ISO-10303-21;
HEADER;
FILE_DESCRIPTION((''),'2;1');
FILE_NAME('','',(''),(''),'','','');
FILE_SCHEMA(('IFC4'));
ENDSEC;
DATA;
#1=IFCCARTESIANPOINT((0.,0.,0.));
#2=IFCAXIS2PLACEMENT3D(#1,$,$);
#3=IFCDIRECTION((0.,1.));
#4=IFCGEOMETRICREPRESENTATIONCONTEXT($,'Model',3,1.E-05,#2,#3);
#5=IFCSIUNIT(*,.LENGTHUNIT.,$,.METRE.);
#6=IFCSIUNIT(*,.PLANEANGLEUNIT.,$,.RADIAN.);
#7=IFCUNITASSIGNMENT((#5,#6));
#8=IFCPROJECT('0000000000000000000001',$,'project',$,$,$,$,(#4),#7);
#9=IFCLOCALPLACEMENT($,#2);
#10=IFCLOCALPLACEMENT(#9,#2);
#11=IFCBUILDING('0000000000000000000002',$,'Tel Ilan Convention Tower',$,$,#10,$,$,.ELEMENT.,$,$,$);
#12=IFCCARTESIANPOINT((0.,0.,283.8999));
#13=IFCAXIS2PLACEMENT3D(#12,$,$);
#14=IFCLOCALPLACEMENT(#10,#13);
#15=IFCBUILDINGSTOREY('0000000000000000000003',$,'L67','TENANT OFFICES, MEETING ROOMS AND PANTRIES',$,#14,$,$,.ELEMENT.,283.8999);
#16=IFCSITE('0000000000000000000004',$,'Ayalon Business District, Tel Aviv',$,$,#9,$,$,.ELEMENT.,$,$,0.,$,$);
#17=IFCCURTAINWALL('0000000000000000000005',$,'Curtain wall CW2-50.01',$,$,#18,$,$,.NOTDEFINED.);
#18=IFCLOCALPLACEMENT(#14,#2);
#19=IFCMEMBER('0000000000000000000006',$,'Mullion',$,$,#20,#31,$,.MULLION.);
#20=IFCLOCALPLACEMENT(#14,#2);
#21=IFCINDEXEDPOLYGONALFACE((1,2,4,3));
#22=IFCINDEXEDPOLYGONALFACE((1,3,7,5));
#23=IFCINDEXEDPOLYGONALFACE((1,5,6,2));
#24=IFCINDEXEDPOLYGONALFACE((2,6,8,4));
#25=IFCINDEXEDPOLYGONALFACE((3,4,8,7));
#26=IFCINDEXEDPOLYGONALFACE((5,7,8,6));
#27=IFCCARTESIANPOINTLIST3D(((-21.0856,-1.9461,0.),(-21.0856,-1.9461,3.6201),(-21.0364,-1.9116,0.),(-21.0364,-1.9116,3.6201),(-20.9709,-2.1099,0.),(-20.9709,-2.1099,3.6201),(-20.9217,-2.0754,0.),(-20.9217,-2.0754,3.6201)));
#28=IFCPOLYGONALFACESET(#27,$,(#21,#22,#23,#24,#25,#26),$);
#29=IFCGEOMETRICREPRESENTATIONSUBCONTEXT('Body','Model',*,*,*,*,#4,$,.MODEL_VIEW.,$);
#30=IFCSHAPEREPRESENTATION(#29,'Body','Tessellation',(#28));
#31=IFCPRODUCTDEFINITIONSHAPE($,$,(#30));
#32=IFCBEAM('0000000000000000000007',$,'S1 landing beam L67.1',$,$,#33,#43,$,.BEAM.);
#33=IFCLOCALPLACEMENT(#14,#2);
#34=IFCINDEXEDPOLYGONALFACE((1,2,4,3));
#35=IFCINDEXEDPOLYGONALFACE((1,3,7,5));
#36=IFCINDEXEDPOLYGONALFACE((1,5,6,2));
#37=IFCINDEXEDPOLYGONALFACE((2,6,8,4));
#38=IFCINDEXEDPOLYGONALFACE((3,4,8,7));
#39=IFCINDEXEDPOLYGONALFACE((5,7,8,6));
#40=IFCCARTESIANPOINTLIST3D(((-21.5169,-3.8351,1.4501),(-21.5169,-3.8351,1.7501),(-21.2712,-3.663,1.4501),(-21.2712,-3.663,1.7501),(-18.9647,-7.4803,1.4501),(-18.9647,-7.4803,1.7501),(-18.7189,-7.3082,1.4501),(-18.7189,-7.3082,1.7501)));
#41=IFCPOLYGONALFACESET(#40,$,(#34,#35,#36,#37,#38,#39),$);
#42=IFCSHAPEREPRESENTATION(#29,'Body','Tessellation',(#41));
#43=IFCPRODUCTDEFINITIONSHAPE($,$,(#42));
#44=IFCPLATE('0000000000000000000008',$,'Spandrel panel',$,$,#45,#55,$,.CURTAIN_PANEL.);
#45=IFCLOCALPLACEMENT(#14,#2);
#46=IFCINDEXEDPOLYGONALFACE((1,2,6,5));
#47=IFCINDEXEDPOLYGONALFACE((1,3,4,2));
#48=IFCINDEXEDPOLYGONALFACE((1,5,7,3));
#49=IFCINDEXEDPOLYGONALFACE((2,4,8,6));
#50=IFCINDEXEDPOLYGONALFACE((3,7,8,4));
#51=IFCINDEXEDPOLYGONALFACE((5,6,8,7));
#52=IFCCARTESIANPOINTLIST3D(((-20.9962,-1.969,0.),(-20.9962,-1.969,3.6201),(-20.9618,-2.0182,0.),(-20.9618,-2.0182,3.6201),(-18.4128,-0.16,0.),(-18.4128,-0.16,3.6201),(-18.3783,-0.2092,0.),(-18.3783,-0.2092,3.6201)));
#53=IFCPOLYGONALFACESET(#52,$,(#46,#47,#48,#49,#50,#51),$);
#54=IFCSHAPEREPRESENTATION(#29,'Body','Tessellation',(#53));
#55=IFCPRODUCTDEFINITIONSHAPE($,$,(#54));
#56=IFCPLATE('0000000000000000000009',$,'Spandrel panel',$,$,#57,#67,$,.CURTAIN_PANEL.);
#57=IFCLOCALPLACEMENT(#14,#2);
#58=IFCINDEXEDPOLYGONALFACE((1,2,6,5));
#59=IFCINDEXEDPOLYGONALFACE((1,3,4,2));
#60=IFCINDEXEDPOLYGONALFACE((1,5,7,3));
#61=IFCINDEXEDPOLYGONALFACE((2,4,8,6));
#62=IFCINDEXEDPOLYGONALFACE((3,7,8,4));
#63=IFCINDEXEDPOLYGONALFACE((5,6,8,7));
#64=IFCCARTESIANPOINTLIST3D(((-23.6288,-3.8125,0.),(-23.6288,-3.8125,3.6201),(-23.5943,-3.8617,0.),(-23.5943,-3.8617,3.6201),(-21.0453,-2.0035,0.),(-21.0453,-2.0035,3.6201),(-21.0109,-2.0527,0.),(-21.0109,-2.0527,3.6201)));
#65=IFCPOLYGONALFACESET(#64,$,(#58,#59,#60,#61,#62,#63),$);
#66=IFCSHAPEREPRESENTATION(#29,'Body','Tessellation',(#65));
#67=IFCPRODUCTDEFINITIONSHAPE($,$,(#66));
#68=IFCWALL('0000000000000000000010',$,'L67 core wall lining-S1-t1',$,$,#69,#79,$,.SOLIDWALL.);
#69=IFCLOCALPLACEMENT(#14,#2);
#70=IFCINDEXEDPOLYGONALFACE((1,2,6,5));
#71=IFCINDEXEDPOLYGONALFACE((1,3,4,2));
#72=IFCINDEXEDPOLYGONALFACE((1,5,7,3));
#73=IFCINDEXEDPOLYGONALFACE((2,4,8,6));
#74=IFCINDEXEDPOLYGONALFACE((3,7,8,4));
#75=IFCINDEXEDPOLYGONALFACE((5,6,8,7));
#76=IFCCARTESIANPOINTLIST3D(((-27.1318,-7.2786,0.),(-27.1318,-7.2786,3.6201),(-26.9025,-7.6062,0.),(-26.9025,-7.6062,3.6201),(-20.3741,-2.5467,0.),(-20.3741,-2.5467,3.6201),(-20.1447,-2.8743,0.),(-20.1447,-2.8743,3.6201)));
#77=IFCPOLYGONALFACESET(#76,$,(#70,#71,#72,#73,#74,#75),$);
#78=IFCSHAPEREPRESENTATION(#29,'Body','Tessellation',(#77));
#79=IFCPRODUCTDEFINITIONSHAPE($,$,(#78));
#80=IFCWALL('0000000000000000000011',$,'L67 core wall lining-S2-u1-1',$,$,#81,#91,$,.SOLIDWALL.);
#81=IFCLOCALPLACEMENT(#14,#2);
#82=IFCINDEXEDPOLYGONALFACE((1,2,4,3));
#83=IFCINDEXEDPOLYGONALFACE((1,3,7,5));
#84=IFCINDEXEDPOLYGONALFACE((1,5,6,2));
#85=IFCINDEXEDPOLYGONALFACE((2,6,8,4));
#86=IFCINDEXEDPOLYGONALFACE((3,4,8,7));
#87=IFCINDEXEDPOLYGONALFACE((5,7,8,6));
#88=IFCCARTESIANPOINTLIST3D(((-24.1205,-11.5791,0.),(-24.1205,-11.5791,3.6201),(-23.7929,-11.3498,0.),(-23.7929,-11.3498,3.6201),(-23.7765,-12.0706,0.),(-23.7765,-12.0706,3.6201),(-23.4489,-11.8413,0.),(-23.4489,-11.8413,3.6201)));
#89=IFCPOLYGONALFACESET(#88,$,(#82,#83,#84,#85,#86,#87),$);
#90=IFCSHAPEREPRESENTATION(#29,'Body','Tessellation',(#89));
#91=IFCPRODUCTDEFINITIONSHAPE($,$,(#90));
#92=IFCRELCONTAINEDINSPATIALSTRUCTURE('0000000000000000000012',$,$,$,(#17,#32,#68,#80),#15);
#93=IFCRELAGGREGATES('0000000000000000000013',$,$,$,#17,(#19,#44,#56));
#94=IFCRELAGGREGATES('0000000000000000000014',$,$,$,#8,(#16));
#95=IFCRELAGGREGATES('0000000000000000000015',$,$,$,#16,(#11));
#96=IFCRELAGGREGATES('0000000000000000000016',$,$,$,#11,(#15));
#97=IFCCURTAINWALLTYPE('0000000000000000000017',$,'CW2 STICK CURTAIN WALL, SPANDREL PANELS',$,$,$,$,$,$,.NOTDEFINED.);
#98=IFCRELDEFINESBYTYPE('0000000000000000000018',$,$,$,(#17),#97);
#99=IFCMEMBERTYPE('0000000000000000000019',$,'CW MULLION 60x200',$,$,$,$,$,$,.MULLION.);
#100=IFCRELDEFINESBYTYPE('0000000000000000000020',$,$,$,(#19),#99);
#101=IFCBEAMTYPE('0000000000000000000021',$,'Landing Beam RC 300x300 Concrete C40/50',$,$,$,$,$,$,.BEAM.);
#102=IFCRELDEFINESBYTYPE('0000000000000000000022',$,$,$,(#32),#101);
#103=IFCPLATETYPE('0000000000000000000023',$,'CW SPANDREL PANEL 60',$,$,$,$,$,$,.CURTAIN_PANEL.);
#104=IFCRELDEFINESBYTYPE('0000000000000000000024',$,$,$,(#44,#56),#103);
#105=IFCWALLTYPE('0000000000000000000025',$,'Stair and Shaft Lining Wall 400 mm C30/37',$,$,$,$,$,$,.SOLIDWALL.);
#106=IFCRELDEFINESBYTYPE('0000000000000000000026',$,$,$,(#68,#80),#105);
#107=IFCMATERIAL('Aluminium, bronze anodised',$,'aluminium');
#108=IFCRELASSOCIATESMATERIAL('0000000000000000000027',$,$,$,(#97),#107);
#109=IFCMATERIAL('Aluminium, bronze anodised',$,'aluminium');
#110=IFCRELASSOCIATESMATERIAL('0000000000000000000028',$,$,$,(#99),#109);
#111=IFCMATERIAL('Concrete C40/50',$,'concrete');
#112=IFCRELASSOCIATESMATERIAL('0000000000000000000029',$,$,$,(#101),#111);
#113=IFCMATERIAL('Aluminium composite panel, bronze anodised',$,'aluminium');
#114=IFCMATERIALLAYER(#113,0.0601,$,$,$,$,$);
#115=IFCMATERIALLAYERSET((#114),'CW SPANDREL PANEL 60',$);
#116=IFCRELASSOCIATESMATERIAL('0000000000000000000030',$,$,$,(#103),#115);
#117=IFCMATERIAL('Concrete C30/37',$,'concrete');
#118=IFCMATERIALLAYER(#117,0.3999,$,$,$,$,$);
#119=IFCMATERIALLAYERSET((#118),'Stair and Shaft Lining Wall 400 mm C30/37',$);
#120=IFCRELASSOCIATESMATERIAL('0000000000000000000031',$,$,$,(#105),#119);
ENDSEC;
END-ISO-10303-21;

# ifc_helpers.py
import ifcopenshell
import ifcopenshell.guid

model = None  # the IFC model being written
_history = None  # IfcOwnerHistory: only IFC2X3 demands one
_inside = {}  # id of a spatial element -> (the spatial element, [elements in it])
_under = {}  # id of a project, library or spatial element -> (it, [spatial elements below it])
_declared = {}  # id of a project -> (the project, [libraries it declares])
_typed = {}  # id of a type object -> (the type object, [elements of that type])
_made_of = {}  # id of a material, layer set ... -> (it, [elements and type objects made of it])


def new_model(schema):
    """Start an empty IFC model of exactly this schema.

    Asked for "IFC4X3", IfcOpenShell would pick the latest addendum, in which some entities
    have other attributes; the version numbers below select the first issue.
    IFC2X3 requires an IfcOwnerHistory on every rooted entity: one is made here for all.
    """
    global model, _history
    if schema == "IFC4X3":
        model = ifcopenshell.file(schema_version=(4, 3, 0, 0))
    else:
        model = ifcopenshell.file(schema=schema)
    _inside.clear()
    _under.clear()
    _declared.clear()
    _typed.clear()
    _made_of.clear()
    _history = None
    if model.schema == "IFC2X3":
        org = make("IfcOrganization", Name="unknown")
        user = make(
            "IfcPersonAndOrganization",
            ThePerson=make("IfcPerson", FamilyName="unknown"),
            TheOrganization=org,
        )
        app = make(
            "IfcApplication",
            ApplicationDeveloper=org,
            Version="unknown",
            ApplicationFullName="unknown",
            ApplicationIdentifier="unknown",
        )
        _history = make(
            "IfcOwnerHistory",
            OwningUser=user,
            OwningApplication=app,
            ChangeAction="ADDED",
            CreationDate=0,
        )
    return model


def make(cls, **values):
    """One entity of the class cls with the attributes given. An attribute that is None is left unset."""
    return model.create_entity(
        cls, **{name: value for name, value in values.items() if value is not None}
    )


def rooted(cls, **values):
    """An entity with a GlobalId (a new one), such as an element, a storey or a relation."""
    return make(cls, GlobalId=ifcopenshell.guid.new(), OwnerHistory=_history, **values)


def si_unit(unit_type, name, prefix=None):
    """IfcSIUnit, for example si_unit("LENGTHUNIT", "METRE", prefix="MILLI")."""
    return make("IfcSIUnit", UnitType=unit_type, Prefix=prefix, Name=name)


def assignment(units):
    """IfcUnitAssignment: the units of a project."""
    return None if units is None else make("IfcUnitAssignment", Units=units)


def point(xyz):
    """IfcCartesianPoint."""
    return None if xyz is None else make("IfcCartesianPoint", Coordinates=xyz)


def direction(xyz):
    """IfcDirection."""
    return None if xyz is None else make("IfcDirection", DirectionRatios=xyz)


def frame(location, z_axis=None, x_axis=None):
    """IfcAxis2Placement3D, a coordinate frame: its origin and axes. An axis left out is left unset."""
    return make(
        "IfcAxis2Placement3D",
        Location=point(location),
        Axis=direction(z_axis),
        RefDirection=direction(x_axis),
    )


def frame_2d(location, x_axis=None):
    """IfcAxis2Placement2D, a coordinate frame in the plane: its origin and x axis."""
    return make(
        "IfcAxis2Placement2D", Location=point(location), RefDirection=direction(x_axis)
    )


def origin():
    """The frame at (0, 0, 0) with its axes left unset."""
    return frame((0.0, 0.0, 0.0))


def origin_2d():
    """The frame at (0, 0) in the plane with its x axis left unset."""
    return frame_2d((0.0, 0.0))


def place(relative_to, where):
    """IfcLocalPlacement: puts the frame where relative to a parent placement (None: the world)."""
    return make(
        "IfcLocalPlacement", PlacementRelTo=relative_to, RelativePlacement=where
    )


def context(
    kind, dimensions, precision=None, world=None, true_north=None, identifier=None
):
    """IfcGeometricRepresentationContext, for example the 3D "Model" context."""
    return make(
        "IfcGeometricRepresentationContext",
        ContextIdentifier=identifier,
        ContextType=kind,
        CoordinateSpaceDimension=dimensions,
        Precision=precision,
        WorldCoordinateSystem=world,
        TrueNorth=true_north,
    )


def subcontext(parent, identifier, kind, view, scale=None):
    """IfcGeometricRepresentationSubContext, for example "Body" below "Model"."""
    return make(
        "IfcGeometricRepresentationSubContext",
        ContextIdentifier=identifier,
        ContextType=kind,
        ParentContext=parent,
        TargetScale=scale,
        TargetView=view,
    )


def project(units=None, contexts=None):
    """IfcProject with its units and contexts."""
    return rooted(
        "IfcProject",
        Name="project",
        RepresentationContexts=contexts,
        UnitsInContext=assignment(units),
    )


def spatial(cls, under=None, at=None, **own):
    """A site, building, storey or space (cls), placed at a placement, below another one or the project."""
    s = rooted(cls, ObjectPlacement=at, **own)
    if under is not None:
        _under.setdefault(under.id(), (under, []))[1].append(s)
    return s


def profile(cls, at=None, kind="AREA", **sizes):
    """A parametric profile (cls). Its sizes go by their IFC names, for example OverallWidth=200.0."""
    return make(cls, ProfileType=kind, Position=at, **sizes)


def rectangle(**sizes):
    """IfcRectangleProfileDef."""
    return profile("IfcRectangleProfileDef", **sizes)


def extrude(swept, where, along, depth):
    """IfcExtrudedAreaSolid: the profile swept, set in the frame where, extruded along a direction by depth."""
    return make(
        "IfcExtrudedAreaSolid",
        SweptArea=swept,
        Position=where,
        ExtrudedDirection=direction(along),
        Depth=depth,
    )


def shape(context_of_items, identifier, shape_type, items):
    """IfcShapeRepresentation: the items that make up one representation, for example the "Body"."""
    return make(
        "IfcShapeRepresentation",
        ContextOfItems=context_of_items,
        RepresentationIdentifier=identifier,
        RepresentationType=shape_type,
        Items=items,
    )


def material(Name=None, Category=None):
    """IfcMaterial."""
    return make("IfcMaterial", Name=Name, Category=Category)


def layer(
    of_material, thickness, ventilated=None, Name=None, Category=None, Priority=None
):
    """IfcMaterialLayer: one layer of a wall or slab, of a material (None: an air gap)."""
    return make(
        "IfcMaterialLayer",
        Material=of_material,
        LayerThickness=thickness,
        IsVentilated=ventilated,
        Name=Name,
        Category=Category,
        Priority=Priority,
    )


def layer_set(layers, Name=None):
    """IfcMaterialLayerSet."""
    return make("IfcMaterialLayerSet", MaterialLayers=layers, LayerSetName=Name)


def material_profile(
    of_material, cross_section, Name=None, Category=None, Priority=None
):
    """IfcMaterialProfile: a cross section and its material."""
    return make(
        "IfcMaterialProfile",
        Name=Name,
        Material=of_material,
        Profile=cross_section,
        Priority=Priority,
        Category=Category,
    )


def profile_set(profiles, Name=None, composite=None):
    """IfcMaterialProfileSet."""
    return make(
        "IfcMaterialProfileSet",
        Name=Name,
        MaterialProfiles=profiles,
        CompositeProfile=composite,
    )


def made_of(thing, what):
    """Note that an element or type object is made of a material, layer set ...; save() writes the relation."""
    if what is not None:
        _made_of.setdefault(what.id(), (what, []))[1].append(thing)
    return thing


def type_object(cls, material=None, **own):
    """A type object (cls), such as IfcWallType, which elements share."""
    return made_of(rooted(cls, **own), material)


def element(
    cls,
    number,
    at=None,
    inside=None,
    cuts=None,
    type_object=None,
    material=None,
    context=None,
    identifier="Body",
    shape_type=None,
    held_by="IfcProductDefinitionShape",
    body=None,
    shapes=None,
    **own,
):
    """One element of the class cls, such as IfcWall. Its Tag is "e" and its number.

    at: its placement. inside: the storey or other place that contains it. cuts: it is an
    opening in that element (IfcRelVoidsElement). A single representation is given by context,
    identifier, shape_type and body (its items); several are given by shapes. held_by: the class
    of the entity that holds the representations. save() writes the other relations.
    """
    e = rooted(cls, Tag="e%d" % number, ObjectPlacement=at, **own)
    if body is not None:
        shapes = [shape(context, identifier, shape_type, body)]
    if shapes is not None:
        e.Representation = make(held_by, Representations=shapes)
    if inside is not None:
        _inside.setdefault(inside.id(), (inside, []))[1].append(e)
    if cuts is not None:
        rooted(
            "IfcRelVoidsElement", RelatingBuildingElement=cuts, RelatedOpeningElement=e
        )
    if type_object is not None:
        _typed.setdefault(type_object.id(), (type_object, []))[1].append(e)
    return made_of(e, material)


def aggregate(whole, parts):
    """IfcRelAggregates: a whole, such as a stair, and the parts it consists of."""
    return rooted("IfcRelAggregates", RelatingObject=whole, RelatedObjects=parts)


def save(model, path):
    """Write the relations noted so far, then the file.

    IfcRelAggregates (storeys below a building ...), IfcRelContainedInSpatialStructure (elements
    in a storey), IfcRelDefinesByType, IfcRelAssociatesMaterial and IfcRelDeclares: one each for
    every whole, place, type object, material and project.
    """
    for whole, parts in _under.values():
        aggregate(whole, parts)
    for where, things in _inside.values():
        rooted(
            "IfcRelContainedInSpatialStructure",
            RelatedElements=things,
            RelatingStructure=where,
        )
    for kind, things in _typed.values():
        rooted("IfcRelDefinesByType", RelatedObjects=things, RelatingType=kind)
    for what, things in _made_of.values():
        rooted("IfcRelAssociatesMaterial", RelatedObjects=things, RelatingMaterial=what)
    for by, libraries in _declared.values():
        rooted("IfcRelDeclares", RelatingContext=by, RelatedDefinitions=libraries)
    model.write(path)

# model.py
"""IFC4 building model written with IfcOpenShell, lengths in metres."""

from ifc_helpers import new_model, si_unit, direction, frame, frame_2d, origin, origin_2d, place, context, subcontext, project, spatial, rectangle, extrude, material, layer, layer_set, material_profile, profile_set, type_object, element, aggregate, save


model = new_model("IFC4")

# Units and contexts
model_context = context("Model", 3, precision=1e-05, world=origin(), true_north=direction((0.0, 1.0)))
body_context = subcontext(model_context, "Body", "Model", "MODEL_VIEW")
ifc_project = project(units=[si_unit("LENGTHUNIT", "METRE"), si_unit("PLANEANGLEUNIT", "RADIAN")], contexts=[model_context])

# Site, building, storey
site_placement = place(None, origin())
site = spatial("IfcSite", under=ifc_project, at=site_placement, Name="Ayalon Business District, Tel Aviv", CompositionType="ELEMENT", RefElevation=0.0)
building_placement = place(site_placement, origin())
building = spatial("IfcBuilding", under=site, at=building_placement, Name="Tel Ilan Convention Tower", CompositionType="ELEMENT")
storey_placement = place(building_placement, frame((0.0, 0.0, 283.8999)))
storey = spatial("IfcBuildingStorey", under=building, at=storey_placement, Name="L67", Description="TENANT OFFICES, MEETING ROOMS AND PANTRIES", CompositionType="ELEMENT", Elevation=283.8999)

# Curtain wall, member
ifc_material_1 = material(Name="Aluminium, bronze anodised", Category="aluminium")
curtain_wall_type = type_object("IfcCurtainWallType", Name="CW2 STICK CURTAIN WALL, SPANDREL PANELS", PredefinedType="NOTDEFINED", material=ifc_material_1)
curtain_wall_placement = place(storey_placement, origin())
curtain_wall = element("IfcCurtainWall", 1, at=curtain_wall_placement, inside=storey, type_object=curtain_wall_type, Name="Curtain wall CW2-50.01", PredefinedType="NOTDEFINED")
ifc_material_2 = material(Name="Aluminium, bronze anodised", Category="aluminium")
ifc_material_profile_1 = material_profile(ifc_material_2, rectangle(XDim=0.0601, YDim=0.2, at=origin_2d()), Name="CW MULLION 60x200")
ifc_profile_set_1 = profile_set([ifc_material_profile_1], Name="Aluminium, bronze anodised")
member_type = type_object("IfcMemberType", Name="CW MULLION 60x200", PredefinedType="MULLION", material=ifc_profile_set_1)
member_placement = place(storey_placement, frame((-21.0037, -2.0107, 0.0), z_axis=(0.0, 0.0, 1.0), x_axis=(-0.819152, -0.573576, 0.0)))
member = element("IfcMember", 2, at=member_placement, type_object=member_type, Name="Mullion", PredefinedType="MULLION", context=body_context, shape_type="SweptSolid", body=[
    extrude(rectangle(XDim=0.0601, YDim=0.2, at=origin_2d()), origin(), (0.0, 0.0, 1.0), 3.6201),
])

# Beam
ifc_material_3 = material(Name="Concrete C40/50", Category="concrete")
ifc_material_profile_2 = material_profile(ifc_material_3, rectangle(XDim=0.3, YDim=0.3, at=origin_2d()), Name="RC 300x300")
ifc_profile_set_2 = profile_set([ifc_material_profile_2], Name="Concrete C40/50")
beam_type = type_object("IfcBeamType", Name="Landing Beam RC 300x300 Concrete C40/50", PredefinedType="BEAM", material=ifc_profile_set_2)
beam_placement = place(storey_placement, frame((-18.8418, -7.3943, 1.6001), z_axis=(-0.573547, 0.819173, 0.0), x_axis=(-0.819173, -0.573547, 0.0)))
element("IfcBeam", 3, at=beam_placement, inside=storey, type_object=beam_type, Name="S1 landing beam L67.1", PredefinedType="BEAM", context=body_context, shape_type="SweptSolid", body=[
    extrude(rectangle(XDim=0.3, YDim=0.3, at=origin_2d()), origin(), (0.0, 0.0, 1.0), 4.45),
])

# Plates
ifc_material_4 = material(Name="Aluminium composite panel, bronze anodised", Category="aluminium")
ifc_layer_1 = layer(ifc_material_4, 0.0601)
ifc_layer_set_1 = layer_set([ifc_layer_1], Name="CW SPANDREL PANEL 60")
plate_type = type_object("IfcPlateType", Name="CW SPANDREL PANEL 60", PredefinedType="CURTAIN_PANEL", material=ifc_layer_set_1)
plate_1_placement = place(storey_placement, frame((-19.6873, -1.0891, 0.0), z_axis=(0.0, 0.0, 1.0), x_axis=(-0.819152, -0.573576, 0.0)))
plate_1 = element("IfcPlate", 4, at=plate_1_placement, type_object=plate_type, Name="Spandrel panel", PredefinedType="CURTAIN_PANEL", context=body_context, shape_type="SweptSolid", body=[
    extrude(rectangle(XDim=3.1538, YDim=0.0601, at=origin_2d()), origin(), (0.0, 0.0, 1.0), 3.6201),
])
plate_2_placement = place(storey_placement, frame((-22.3198, -2.9326, 0.0), z_axis=(0.0, 0.0, 1.0), x_axis=(-0.819152, -0.573576, 0.0)))
plate_2 = element("IfcPlate", 5, at=plate_2_placement, type_object=plate_type, Name="Spandrel panel", PredefinedType="CURTAIN_PANEL", context=body_context, shape_type="SweptSolid", body=[
    extrude(rectangle(XDim=3.1538, YDim=0.0601, at=origin_2d()), origin(), (0.0, 0.0, 1.0), 3.6201),
])
aggregate(curtain_wall, [member, plate_1, plate_2])

# Walls
ifc_material_5 = material(Name="Concrete C30/37", Category="concrete")
ifc_layer_2 = layer(ifc_material_5, 0.3999)
ifc_layer_set_2 = layer_set([ifc_layer_2], Name="Stair and Shaft Lining Wall 400 mm C30/37")
wall_type = type_object("IfcWallType", Name="Stair and Shaft Lining Wall 400 mm C30/37", PredefinedType="SOLIDWALL", material=ifc_layer_set_2)
wall_1_placement = place(storey_placement, frame((-20.2593, -2.7104, 0.0), z_axis=(0.0, 0.0, 1.0), x_axis=(-0.819148, -0.573582, 0.0)))
element("IfcWall", 6, at=wall_1_placement, inside=storey, type_object=wall_type, Name="L67 core wall lining-S1-t1", PredefinedType="SOLIDWALL", context=body_context, shape_type="SweptSolid", body=[
    extrude(rectangle(XDim=8.2498, YDim=0.3999, at=frame_2d((4.125, 0.0))), origin(), (0.0, 0.0, 1.0), 3.6201),
])
wall_2_placement = place(storey_placement, frame((-23.6128, -11.9558, 0.0), z_axis=(0.0, 0.0, 1.0), x_axis=(-0.573435, 0.819251, 0.0)))
element("IfcWall", 7, at=wall_2_placement, inside=storey, type_object=wall_type, Name="L67 core wall lining-S2-u1-1", PredefinedType="SOLIDWALL", context=body_context, shape_type="SweptSolid", body=[
    extrude(rectangle(XDim=0.5999, YDim=0.3999, at=frame_2d((0.2998, 0.0))), origin(), (0.0, 0.0, 1.0), 3.6201),
])

save(model, "model.ifc")
